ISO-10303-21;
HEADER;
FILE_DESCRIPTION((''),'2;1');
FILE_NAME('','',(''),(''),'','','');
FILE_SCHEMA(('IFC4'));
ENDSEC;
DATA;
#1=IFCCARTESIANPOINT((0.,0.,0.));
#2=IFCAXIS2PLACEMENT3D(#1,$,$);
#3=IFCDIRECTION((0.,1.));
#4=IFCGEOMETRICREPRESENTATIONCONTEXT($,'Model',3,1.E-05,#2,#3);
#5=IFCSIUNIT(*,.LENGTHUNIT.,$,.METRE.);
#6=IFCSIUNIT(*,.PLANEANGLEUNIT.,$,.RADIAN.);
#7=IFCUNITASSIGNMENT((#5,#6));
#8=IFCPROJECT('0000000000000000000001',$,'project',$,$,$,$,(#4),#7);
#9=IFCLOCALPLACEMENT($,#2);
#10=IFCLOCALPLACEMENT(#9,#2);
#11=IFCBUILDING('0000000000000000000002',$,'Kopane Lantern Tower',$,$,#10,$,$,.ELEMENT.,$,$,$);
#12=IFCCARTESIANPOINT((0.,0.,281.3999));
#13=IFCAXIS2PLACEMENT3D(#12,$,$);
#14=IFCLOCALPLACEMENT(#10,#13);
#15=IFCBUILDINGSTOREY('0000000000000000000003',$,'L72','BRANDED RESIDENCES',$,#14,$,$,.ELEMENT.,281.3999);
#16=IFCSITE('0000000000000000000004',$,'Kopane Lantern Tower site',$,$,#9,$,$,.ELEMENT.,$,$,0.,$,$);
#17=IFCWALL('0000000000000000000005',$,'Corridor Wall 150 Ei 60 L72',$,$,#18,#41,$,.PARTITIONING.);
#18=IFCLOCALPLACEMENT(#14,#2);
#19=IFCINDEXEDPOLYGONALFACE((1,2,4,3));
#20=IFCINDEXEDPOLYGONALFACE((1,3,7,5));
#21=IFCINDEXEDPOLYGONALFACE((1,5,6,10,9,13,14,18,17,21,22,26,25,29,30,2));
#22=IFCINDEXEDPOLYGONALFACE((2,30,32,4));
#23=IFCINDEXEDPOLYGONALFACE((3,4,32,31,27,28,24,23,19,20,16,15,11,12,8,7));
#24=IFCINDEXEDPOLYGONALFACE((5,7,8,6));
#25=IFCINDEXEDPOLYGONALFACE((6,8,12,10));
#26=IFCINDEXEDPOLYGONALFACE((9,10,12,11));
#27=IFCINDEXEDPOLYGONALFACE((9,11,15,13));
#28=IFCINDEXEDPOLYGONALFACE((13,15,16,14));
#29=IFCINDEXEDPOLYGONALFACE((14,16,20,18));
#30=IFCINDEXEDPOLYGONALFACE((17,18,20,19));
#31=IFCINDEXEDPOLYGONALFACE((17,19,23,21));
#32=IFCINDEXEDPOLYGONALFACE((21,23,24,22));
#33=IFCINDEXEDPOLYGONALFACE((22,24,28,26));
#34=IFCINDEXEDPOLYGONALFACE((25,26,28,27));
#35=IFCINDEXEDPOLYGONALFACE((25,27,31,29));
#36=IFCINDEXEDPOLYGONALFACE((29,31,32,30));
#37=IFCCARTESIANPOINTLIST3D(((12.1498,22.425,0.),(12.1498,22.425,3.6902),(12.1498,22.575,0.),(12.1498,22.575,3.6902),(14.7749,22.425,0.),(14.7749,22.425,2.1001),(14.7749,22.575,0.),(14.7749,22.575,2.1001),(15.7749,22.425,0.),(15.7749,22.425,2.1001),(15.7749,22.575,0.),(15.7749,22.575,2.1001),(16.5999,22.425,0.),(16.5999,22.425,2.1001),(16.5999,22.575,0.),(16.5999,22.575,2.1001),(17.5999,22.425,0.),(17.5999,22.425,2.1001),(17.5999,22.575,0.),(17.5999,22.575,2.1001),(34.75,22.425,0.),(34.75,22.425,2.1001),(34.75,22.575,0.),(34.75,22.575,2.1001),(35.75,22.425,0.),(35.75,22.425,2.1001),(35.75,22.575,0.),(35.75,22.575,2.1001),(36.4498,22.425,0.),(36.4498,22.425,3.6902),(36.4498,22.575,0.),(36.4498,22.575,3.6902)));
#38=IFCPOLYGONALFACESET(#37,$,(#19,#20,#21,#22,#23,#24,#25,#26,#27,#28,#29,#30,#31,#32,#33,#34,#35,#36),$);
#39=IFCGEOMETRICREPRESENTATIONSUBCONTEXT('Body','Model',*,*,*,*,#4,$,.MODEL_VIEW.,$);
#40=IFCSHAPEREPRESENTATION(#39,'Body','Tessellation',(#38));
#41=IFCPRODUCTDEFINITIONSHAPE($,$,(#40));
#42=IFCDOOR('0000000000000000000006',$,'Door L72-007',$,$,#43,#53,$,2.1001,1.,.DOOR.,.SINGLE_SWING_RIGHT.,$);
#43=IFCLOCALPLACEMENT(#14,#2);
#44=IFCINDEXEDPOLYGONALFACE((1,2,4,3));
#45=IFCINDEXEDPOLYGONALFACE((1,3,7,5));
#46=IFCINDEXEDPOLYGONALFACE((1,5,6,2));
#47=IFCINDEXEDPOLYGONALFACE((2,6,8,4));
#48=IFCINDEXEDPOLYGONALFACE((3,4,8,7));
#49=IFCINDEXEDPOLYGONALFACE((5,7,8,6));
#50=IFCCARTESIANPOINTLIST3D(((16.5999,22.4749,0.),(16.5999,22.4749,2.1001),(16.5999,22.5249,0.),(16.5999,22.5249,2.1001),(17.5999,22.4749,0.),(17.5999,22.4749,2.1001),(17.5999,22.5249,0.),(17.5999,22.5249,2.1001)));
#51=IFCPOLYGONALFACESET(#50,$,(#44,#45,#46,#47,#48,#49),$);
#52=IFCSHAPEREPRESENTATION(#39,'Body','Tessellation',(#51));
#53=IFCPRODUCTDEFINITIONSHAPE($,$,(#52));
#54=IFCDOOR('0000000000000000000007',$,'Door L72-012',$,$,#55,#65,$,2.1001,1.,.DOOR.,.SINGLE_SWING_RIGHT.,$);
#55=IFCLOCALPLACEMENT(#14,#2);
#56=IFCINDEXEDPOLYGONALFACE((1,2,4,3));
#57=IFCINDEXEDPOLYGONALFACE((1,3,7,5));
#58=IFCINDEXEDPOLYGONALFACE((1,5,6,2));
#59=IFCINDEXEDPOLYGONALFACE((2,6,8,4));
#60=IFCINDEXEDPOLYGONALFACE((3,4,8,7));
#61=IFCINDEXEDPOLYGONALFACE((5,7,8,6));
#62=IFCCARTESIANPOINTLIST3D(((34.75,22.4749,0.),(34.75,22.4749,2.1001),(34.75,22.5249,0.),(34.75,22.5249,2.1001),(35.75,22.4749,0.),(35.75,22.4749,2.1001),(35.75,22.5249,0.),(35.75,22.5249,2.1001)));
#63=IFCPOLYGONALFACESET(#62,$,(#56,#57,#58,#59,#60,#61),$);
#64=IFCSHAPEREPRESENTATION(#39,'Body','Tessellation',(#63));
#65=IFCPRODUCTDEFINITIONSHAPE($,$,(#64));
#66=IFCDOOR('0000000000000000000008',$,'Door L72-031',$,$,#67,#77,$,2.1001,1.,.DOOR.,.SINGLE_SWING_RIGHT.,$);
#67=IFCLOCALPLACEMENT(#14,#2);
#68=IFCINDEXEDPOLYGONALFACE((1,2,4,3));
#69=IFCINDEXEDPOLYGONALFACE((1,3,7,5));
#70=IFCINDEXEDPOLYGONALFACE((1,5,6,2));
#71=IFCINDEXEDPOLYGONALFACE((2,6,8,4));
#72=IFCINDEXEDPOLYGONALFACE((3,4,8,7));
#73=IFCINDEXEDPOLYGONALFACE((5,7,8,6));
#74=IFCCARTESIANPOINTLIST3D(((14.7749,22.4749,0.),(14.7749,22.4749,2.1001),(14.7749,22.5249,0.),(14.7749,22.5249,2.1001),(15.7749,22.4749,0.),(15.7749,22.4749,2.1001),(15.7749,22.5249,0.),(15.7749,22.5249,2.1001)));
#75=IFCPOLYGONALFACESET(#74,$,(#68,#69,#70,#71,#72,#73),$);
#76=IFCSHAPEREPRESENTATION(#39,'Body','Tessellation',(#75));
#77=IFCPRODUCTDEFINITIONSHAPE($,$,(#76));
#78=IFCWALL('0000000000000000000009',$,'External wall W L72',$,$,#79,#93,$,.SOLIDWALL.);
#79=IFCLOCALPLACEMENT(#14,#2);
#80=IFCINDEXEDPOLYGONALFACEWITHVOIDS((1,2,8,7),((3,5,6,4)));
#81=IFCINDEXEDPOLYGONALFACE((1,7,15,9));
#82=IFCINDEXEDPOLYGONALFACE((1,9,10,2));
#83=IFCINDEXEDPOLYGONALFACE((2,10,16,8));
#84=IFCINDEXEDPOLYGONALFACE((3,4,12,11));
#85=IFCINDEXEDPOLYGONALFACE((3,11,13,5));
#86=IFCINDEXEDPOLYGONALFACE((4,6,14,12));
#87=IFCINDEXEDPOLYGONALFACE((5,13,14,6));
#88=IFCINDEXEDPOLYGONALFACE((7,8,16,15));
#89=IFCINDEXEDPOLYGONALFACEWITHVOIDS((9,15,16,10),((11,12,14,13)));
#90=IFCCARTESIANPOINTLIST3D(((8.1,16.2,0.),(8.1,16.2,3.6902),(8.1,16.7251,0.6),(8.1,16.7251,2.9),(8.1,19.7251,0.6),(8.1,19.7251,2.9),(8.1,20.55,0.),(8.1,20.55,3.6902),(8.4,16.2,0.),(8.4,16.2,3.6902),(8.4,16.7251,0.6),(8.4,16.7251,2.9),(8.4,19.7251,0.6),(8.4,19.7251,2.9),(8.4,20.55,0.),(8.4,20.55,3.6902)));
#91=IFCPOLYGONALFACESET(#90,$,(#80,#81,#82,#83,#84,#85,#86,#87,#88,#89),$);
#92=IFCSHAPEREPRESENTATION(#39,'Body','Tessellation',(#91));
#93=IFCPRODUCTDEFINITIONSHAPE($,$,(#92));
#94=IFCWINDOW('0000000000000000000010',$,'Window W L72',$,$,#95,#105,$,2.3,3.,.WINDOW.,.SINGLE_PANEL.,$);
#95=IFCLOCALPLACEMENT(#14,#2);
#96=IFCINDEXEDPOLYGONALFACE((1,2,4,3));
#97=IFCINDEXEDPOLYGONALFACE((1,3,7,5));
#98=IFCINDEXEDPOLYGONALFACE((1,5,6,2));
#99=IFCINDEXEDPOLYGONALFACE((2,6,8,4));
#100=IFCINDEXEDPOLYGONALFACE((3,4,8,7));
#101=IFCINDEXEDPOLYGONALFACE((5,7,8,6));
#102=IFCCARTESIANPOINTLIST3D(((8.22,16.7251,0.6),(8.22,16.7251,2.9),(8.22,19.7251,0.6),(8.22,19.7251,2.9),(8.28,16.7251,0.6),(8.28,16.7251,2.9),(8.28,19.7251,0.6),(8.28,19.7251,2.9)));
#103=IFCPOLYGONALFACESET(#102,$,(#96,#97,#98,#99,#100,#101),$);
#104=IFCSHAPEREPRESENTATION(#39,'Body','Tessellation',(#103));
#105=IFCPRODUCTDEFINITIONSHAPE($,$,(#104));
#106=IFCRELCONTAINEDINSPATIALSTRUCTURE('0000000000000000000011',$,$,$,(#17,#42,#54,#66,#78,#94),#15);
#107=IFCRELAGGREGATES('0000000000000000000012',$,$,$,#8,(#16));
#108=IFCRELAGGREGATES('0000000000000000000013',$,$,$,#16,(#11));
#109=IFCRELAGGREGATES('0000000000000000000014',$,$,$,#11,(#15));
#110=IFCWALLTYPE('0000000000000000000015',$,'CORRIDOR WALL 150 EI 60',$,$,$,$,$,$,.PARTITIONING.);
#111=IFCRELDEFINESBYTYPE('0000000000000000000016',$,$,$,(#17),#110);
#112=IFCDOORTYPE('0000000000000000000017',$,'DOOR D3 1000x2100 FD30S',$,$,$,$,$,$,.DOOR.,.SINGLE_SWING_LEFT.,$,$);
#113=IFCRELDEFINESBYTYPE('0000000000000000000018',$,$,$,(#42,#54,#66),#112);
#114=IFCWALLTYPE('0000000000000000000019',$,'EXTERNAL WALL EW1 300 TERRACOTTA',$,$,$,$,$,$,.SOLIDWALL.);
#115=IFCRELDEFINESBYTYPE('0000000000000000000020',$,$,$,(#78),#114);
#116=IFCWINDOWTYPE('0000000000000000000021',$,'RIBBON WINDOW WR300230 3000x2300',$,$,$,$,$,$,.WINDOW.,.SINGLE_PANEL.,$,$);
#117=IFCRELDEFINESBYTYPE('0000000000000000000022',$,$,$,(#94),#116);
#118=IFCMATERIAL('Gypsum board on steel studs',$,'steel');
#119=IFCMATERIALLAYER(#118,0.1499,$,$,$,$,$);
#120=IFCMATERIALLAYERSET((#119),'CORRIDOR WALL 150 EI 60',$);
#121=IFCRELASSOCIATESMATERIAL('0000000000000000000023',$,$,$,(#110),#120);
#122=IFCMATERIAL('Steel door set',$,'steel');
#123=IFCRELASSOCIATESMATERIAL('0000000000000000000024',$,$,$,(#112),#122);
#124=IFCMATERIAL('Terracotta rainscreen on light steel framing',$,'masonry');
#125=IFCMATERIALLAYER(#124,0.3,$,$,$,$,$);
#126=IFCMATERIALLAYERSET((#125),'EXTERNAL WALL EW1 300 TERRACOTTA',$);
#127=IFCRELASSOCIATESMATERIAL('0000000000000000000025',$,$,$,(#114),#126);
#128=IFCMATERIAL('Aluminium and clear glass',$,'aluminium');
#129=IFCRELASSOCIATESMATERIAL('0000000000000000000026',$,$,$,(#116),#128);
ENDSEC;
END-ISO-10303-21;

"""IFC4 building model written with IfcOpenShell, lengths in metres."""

from ifc_helpers import new_model, si_unit, direction, frame, frame_2d, origin, place, context, subcontext, project, spatial, rectangle, extrude, material, layer, layer_set, type_object, element, fill, save


model = new_model("IFC4")

# Units and contexts
model_context = context("Model", 3, precision=1e-05, world=origin(), true_north=direction((0.0, 1.0)))
body_context = subcontext(model_context, "Body", "Model", "MODEL_VIEW")
ifc_project = project(units=[si_unit("LENGTHUNIT", "METRE"), si_unit("PLANEANGLEUNIT", "RADIAN")], contexts=[model_context])

# Site, building, storey
site_placement = place(None, origin())
site = spatial("IfcSite", under=ifc_project, at=site_placement, Name="Kopane Lantern Tower site", CompositionType="ELEMENT", RefElevation=0.0)
building_placement = place(site_placement, origin())
building = spatial("IfcBuilding", under=site, at=building_placement, Name="Kopane Lantern Tower", CompositionType="ELEMENT")
storey_placement = place(building_placement, frame((0.0, 0.0, 281.3999)))
storey = spatial("IfcBuildingStorey", under=building, at=storey_placement, Name="L72", Description="BRANDED RESIDENCES", CompositionType="ELEMENT", Elevation=281.3999)

# Wall, openings, doors
ifc_material_1 = material(Name="Gypsum board on steel studs", Category="steel")
ifc_layer_1 = layer(ifc_material_1, 0.1499)
ifc_layer_set_1 = layer_set([ifc_layer_1], Name="CORRIDOR WALL 150 EI 60")
wall_type_1 = type_object("IfcWallType", Name="CORRIDOR WALL 150 EI 60", PredefinedType="PARTITIONING", material=ifc_layer_set_1)
wall_1_placement = place(storey_placement, frame((12.1499, 22.5, 0.0), z_axis=(0.0, 0.0, 1.0), x_axis=(1.0, 0.0, 0.0)))
wall_1 = element("IfcWall", 1, at=wall_1_placement, inside=storey, type_object=wall_type_1, Name="Corridor Wall 150 Ei 60 L72", PredefinedType="PARTITIONING", context=body_context, shape_type="SweptSolid", body=[
    extrude(rectangle(XDim=24.3, YDim=0.1499, at=frame_2d((12.1499, 0.0))), origin(), (0.0, 0.0, 1.0), 3.6902),
])
opening_1_placement = place(wall_1_placement, frame((4.45, 0.0, 0.0)))
opening_1 = element("IfcOpeningElement", 2, at=opening_1_placement, cuts=wall_1, PredefinedType="OPENING", context=body_context, shape_type="SweptSolid", body=[
    extrude(rectangle(XDim=1.0, YDim=2.1001, at=frame_2d((0.5, 1.05))), frame((0.0, 0.085, 0.0), z_axis=(0.0, -1.0, 0.0), x_axis=(1.0, 0.0, 0.0)), (0.0, 0.0, 1.0), 0.1699),
])
opening_2_placement = place(wall_1_placement, frame((22.6001, 0.0, 0.0)))
opening_2 = element("IfcOpeningElement", 3, at=opening_2_placement, cuts=wall_1, PredefinedType="OPENING", context=body_context, shape_type="SweptSolid", body=[
    extrude(rectangle(XDim=1.0, YDim=2.1001, at=frame_2d((0.5, 1.05))), frame((0.0, 0.085, 0.0), z_axis=(0.0, -1.0, 0.0), x_axis=(1.0, 0.0, 0.0)), (0.0, 0.0, 1.0), 0.1699),
])
opening_3_placement = place(wall_1_placement, frame((2.625, 0.0, 0.0)))
opening_3 = element("IfcOpeningElement", 4, at=opening_3_placement, cuts=wall_1, PredefinedType="OPENING", context=body_context, shape_type="SweptSolid", body=[
    extrude(rectangle(XDim=1.0, YDim=2.1001, at=frame_2d((0.5, 1.05))), frame((0.0, 0.085, 0.0), z_axis=(0.0, -1.0, 0.0), x_axis=(1.0, 0.0, 0.0)), (0.0, 0.0, 1.0), 0.1699),
])
ifc_material_2 = material(Name="Steel door set", Category="steel")
door_type_1 = type_object("IfcDoorType", Name="DOOR D3 1000x2100 FD30S", OperationType="SINGLE_SWING_LEFT", PredefinedType="DOOR", material=ifc_material_2)
door_1_placement = place(opening_1_placement, origin())
door_1 = element("IfcDoor", 5, at=door_1_placement, inside=storey, type_object=door_type_1, Name="Door L72-007", OperationType="SINGLE_SWING_RIGHT", OverallHeight=2.1001, OverallWidth=1.0, PredefinedType="DOOR", context=body_context, shape_type="SweptSolid", body=[
    extrude(rectangle(XDim=1.0, YDim=2.1001, at=frame_2d((0.5, 1.05))), frame((0.0, 0.0249, 0.0), z_axis=(0.0, -1.0, 0.0), x_axis=(1.0, 0.0, 0.0)), (0.0, 0.0, 1.0), 0.05),
])
fill(opening_1, door_1)
door_2_placement = place(opening_2_placement, origin())
door_2 = element("IfcDoor", 6, at=door_2_placement, inside=storey, type_object=door_type_1, Name="Door L72-012", OperationType="SINGLE_SWING_RIGHT", OverallHeight=2.1001, OverallWidth=1.0, PredefinedType="DOOR", context=body_context, shape_type="SweptSolid", body=[
    extrude(rectangle(XDim=1.0, YDim=2.1001, at=frame_2d((0.5, 1.05))), frame((0.0, 0.0249, 0.0), z_axis=(0.0, -1.0, 0.0), x_axis=(1.0, 0.0, 0.0)), (0.0, 0.0, 1.0), 0.05),
])
fill(opening_2, door_2)
door_3_placement = place(opening_3_placement, origin())
door_3 = element("IfcDoor", 7, at=door_3_placement, inside=storey, type_object=door_type_1, Name="Door L72-031", OperationType="SINGLE_SWING_RIGHT", OverallHeight=2.1001, OverallWidth=1.0, PredefinedType="DOOR", context=body_context, shape_type="SweptSolid", body=[
    extrude(rectangle(XDim=1.0, YDim=2.1001, at=frame_2d((0.5, 1.05))), frame((0.0, 0.0249, 0.0), z_axis=(0.0, -1.0, 0.0), x_axis=(1.0, 0.0, 0.0)), (0.0, 0.0, 1.0), 0.05),
])
fill(opening_3, door_3)

# Wall, opening, window
ifc_material_3 = material(Name="Terracotta rainscreen on light steel framing", Category="masonry")
ifc_layer_2 = layer(ifc_material_3, 0.3)
ifc_layer_set_2 = layer_set([ifc_layer_2], Name="EXTERNAL WALL EW1 300 TERRACOTTA")
wall_type_2 = type_object("IfcWallType", Name="EXTERNAL WALL EW1 300 TERRACOTTA", PredefinedType="SOLIDWALL", material=ifc_layer_set_2)
wall_2_placement = place(storey_placement, frame((8.25, 20.55, 0.0), z_axis=(0.0, 0.0, 1.0), x_axis=(0.0, -1.0, 0.0)))
wall_2 = element("IfcWall", 8, at=wall_2_placement, inside=storey, type_object=wall_type_2, Name="External wall W L72", PredefinedType="SOLIDWALL", context=body_context, shape_type="SweptSolid", body=[
    extrude(rectangle(XDim=4.3501, YDim=0.3, at=frame_2d((2.175, 0.0))), origin(), (0.0, 0.0, 1.0), 3.6902),
])
opening_4_placement = place(wall_2_placement, frame((0.825, 0.0, 0.6001)))
opening_4 = element("IfcOpeningElement", 9, at=opening_4_placement, cuts=wall_2, PredefinedType="OPENING", context=body_context, shape_type="SweptSolid", body=[
    extrude(rectangle(XDim=3.0, YDim=2.3, at=frame_2d((1.5, 1.1499))), frame((0.0, 0.1599, 0.0), z_axis=(0.0, -1.0, 0.0), x_axis=(1.0, 0.0, 0.0)), (0.0, 0.0, 1.0), 0.3201),
])
ifc_material_4 = material(Name="Aluminium and clear glass", Category="aluminium")
window_type = type_object("IfcWindowType", Name="RIBBON WINDOW WR300230 3000x2300", PartitioningType="SINGLE_PANEL", PredefinedType="WINDOW", material=ifc_material_4)
window_placement = place(opening_4_placement, origin())
window = element("IfcWindow", 10, at=window_placement, inside=storey, type_object=window_type, Name="Window W L72", OverallHeight=2.3, OverallWidth=3.0, PartitioningType="SINGLE_PANEL", PredefinedType="WINDOW", context=body_context, shape_type="SweptSolid", body=[
    extrude(rectangle(XDim=3.0, YDim=2.3, at=frame_2d((1.5, 1.1499))), frame((0.0, 0.03, 0.0), z_axis=(0.0, -1.0, 0.0), x_axis=(1.0, 0.0, 0.0)), (0.0, 0.0, 1.0), 0.0601),
])
fill(opening_4, window)

save(model, "model.ifc")
